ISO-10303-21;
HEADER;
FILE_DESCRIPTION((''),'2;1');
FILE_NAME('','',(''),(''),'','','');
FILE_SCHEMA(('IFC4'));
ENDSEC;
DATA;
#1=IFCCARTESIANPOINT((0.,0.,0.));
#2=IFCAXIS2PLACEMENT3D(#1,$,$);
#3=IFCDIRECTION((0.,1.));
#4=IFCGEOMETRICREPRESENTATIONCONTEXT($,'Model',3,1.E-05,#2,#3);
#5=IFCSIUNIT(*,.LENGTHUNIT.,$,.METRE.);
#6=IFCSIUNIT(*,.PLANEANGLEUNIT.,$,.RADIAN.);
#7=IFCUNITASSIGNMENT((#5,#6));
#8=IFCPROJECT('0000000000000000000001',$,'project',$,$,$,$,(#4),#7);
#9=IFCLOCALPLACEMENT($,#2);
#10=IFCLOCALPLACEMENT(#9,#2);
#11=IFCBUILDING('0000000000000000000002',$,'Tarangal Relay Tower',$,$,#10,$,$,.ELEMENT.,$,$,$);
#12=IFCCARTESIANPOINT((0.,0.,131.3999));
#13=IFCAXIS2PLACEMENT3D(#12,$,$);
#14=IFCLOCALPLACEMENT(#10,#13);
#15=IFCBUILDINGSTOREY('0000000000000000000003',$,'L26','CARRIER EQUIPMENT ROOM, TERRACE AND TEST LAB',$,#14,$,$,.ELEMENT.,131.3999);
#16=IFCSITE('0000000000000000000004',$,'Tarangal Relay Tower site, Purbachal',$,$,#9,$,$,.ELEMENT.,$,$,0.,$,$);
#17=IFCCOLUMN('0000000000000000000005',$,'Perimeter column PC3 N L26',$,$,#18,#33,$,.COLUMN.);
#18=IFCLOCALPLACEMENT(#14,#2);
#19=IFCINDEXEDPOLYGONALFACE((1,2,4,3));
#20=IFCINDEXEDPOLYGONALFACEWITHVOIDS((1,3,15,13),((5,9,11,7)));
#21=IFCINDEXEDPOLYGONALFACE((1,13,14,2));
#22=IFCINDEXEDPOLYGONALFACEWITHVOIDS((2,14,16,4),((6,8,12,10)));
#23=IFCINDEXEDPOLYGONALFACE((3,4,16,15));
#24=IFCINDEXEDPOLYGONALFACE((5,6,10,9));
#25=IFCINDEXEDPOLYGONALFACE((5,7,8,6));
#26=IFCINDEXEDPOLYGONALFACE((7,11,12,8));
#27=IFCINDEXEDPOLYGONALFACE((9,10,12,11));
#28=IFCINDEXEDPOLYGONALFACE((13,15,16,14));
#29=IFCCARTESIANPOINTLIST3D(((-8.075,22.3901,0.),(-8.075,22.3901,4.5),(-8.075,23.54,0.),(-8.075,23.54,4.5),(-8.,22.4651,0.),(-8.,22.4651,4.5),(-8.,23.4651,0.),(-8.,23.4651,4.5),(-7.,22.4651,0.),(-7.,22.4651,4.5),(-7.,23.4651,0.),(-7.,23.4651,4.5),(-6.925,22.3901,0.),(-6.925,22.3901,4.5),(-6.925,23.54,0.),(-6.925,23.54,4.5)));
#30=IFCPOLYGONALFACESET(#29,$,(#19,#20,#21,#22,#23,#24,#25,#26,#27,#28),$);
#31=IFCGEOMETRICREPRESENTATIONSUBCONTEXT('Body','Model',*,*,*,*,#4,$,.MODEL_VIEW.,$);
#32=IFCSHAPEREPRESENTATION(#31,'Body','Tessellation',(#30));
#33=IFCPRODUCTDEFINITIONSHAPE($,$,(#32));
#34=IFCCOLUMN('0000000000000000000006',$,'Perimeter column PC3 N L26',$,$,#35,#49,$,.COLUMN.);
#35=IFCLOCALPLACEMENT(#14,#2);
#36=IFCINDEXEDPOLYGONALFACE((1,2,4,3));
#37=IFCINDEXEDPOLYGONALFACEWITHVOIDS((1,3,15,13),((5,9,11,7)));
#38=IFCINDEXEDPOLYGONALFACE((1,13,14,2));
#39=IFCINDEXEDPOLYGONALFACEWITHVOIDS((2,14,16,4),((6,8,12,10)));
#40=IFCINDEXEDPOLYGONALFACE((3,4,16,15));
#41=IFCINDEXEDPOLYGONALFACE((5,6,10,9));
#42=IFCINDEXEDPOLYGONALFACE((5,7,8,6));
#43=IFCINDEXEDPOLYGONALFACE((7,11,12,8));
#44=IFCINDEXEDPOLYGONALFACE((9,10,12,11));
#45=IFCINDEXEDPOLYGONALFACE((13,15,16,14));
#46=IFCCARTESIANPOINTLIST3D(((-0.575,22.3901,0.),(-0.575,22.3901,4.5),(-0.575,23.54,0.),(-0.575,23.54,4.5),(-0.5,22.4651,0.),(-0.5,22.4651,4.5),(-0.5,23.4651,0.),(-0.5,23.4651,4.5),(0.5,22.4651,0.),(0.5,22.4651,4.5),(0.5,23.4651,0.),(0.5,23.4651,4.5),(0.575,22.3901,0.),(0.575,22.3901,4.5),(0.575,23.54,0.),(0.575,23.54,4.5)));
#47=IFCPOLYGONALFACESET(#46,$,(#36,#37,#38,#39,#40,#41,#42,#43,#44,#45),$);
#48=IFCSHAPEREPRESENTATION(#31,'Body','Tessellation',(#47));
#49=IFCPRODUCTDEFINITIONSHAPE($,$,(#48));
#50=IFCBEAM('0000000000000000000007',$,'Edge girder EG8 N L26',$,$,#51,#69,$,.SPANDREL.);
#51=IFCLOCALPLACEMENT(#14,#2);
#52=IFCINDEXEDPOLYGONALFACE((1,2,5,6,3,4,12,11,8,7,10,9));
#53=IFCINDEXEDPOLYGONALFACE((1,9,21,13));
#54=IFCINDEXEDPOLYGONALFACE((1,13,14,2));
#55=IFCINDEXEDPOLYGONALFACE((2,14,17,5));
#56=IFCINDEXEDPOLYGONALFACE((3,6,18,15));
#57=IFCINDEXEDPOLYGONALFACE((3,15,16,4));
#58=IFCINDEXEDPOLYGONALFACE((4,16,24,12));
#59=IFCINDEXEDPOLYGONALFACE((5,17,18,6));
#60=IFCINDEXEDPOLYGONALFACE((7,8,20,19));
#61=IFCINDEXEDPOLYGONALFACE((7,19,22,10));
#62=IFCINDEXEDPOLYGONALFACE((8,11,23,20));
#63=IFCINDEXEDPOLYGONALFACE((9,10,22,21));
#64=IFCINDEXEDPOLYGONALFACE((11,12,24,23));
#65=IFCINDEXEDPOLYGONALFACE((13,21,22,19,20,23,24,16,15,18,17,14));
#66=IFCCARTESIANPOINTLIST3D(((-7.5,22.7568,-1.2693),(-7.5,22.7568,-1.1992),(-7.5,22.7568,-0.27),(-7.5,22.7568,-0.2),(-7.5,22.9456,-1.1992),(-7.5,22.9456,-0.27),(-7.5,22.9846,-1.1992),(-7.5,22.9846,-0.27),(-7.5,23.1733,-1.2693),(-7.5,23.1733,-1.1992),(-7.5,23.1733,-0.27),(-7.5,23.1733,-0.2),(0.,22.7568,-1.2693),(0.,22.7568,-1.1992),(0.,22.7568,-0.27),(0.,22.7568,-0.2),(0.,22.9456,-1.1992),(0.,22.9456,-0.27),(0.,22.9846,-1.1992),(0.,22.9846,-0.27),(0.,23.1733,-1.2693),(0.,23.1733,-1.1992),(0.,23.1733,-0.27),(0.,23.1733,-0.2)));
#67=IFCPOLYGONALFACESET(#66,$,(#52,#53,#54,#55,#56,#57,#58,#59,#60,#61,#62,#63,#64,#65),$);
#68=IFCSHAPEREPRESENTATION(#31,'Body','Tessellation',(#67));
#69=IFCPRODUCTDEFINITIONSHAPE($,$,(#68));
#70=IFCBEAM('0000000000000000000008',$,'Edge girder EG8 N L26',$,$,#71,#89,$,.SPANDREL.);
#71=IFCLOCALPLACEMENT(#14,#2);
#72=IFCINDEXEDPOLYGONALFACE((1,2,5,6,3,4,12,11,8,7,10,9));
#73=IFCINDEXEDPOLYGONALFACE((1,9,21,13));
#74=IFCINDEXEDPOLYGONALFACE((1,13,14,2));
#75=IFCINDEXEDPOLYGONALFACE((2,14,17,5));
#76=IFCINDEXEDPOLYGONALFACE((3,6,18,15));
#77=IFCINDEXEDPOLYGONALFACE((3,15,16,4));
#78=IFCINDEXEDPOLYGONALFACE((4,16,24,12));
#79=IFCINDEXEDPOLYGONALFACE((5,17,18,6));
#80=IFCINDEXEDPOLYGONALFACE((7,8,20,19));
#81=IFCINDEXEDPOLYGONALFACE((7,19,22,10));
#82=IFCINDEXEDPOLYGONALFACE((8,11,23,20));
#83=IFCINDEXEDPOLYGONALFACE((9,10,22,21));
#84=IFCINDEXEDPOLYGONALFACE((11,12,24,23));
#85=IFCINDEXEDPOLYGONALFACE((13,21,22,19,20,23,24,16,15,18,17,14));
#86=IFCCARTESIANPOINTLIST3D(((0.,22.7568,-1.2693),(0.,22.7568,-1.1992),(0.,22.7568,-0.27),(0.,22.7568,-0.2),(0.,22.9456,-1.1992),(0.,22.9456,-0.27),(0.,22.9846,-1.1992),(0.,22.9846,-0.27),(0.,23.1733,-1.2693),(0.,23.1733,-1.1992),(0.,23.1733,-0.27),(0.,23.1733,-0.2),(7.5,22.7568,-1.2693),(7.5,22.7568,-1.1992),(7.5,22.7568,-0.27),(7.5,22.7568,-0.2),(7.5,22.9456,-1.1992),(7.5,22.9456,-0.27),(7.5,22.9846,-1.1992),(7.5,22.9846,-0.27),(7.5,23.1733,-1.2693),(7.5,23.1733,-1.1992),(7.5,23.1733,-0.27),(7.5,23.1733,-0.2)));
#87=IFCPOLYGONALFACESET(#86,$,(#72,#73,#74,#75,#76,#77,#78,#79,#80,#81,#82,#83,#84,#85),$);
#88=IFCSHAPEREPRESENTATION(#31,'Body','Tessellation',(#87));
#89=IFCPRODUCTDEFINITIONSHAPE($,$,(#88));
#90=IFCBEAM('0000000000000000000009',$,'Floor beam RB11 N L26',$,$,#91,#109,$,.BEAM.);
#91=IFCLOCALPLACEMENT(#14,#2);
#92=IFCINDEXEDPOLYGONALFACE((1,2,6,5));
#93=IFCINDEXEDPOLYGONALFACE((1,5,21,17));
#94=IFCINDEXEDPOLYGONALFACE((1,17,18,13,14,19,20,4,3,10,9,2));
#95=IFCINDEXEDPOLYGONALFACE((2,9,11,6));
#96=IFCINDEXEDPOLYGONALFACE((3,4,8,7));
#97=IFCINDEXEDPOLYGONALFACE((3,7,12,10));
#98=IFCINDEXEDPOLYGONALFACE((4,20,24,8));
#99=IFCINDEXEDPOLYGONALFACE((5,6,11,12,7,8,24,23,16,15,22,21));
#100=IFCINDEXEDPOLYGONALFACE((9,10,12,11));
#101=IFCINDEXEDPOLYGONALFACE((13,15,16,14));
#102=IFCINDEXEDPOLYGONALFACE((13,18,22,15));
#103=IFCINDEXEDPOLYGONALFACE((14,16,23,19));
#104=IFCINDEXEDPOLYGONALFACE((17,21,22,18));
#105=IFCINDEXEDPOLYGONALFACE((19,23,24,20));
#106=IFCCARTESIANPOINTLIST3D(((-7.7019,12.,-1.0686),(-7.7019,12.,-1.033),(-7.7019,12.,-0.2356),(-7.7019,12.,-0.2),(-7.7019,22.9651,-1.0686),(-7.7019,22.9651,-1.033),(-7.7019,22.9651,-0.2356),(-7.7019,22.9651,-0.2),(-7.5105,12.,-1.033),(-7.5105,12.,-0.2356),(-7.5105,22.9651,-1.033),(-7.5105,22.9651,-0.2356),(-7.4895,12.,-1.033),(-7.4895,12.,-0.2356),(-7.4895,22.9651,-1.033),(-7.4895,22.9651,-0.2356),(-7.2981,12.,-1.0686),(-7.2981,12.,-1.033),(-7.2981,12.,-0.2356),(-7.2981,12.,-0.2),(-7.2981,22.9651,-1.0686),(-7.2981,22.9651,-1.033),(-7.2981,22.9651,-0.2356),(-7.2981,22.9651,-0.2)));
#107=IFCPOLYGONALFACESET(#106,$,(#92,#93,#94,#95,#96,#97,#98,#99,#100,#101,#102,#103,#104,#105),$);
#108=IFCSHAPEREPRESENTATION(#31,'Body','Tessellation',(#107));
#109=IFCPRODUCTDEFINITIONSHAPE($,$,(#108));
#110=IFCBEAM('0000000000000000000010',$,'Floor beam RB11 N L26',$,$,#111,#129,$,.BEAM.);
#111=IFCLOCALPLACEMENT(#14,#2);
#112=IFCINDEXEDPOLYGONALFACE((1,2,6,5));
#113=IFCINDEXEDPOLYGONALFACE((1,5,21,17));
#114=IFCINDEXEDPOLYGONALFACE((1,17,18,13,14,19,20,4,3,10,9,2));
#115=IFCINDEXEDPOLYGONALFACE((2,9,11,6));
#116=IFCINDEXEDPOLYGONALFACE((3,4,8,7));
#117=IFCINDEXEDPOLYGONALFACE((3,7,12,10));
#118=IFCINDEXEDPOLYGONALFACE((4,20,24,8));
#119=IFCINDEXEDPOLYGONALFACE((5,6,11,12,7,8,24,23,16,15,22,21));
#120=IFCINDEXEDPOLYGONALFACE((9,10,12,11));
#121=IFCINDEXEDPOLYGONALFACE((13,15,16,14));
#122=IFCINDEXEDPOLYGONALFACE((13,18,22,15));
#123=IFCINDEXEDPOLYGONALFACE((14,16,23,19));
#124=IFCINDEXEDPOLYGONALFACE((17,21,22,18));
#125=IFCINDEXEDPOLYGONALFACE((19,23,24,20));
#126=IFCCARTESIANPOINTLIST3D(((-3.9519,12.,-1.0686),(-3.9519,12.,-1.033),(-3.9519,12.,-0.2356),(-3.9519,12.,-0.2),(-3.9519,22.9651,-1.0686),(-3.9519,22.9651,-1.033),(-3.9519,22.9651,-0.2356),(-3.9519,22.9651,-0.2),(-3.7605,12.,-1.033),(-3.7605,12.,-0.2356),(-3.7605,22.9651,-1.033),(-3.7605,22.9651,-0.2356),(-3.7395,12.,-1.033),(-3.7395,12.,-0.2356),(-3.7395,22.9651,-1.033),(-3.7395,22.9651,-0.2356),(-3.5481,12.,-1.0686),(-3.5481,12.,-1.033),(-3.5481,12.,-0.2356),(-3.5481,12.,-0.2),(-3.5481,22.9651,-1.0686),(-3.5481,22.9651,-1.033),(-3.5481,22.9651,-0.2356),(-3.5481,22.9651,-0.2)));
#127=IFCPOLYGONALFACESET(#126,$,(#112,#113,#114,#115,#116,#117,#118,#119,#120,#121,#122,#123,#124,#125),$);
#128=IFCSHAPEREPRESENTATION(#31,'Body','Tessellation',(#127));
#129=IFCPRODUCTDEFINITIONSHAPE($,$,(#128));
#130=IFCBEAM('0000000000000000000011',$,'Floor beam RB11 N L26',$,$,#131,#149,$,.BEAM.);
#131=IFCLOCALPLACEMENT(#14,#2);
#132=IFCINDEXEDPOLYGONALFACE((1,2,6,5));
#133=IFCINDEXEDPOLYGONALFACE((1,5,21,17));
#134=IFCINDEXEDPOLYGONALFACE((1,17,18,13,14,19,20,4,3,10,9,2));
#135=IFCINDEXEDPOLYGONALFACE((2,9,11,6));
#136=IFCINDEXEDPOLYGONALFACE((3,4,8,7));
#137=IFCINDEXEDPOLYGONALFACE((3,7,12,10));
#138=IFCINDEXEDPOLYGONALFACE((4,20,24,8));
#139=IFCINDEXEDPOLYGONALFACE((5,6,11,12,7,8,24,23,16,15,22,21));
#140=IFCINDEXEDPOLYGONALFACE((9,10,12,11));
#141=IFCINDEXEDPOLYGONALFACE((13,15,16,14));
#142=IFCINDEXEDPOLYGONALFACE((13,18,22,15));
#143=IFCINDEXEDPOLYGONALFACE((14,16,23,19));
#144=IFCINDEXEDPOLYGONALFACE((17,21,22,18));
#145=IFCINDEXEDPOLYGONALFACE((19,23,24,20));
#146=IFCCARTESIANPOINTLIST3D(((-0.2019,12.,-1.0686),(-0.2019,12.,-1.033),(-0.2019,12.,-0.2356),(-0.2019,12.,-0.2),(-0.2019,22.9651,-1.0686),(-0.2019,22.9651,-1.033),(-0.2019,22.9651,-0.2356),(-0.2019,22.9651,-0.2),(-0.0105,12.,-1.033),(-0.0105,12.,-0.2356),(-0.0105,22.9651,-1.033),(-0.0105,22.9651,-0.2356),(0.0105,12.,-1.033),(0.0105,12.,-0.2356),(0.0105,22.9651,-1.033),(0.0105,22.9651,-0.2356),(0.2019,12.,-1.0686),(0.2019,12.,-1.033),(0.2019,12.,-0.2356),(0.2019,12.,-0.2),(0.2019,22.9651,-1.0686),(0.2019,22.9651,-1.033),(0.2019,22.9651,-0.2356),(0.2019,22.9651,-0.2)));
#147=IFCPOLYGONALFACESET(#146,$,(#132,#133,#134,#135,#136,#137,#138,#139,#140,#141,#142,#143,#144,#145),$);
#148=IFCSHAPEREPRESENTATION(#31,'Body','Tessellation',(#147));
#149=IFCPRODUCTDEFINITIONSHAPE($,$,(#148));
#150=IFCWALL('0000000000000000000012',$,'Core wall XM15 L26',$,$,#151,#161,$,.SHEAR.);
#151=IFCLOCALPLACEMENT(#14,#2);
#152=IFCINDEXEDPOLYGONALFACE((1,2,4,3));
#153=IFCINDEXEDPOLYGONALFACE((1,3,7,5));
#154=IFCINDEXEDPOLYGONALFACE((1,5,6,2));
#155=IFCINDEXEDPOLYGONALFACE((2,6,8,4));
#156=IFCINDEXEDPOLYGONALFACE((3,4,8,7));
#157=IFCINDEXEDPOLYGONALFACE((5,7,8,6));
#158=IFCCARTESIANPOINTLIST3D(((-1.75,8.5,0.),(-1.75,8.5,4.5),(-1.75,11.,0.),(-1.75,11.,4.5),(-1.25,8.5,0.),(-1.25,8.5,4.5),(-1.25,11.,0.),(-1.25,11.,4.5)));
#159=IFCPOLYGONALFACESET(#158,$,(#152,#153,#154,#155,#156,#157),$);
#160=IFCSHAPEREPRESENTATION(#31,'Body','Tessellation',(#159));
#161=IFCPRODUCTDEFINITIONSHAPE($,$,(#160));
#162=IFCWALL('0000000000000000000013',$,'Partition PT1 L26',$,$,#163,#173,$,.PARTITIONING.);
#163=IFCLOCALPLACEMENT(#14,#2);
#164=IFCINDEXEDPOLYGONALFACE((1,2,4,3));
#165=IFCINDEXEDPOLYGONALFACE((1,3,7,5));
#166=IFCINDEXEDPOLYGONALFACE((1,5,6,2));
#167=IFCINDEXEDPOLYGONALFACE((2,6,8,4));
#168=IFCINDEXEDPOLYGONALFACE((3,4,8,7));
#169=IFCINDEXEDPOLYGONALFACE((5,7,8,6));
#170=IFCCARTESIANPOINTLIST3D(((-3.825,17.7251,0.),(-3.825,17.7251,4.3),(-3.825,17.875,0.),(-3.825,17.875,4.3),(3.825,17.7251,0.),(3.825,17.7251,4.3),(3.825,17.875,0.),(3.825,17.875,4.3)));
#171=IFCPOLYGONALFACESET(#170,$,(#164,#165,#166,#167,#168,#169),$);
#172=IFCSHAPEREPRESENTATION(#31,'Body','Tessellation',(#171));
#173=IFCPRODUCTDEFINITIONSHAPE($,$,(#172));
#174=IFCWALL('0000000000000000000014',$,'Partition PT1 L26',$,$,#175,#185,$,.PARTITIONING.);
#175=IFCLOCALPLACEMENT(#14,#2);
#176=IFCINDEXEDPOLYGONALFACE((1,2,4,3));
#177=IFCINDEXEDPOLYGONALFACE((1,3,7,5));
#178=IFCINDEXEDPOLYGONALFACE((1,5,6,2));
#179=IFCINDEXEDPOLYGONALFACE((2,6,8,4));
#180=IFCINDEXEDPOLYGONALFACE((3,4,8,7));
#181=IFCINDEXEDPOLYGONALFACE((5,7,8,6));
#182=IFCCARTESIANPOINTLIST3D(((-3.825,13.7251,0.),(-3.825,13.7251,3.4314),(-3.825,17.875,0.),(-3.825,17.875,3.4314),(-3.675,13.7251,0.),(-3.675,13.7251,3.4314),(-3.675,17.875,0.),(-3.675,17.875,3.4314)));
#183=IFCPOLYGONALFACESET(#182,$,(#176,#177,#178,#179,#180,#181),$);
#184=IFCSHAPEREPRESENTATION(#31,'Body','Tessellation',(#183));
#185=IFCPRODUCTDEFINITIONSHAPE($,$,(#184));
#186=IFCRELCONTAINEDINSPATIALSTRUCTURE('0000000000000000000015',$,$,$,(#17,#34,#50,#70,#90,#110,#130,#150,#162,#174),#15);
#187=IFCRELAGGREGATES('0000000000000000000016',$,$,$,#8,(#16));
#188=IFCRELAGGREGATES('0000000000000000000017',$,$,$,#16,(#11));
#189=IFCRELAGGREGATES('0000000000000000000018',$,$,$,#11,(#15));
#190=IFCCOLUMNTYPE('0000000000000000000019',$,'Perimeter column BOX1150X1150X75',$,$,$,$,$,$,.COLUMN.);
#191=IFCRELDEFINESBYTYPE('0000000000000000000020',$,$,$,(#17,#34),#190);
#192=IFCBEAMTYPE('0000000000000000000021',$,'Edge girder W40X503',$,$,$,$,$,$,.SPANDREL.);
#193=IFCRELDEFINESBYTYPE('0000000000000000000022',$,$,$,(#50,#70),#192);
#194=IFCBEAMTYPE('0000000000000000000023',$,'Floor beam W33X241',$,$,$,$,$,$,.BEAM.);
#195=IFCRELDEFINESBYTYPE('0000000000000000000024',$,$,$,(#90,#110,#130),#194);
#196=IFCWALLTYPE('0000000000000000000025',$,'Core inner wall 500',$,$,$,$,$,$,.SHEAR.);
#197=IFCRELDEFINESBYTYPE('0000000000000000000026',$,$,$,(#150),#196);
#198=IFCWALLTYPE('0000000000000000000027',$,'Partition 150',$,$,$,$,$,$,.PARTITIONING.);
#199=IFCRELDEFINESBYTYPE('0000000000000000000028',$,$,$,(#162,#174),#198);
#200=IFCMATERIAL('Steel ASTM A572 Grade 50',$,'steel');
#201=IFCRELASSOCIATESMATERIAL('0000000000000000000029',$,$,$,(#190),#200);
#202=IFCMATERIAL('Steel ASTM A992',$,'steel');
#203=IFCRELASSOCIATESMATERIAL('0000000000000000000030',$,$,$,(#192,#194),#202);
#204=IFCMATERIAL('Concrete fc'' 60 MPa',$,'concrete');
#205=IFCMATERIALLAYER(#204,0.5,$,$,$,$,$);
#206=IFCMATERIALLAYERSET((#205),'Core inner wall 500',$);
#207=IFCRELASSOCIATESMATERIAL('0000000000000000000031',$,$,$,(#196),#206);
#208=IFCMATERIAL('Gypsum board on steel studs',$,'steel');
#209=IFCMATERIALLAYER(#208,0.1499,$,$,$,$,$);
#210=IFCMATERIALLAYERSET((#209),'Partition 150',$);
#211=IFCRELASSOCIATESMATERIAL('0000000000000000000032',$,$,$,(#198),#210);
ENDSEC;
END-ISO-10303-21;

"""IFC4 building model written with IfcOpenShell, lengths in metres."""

from ifc_helpers import new_model, si_unit, direction, frame, frame_2d, origin, origin_2d, place, context, subcontext, project, spatial, rectangle, hollow_rectangle, i_section, extrude, material, layer, layer_set, material_profile, profile_set, type_object, element, save


model = new_model("IFC4")

# Units and contexts
model_context = context("Model", 3, precision=1e-05, world=origin(), true_north=direction((0.0, 1.0)))
body_context = subcontext(model_context, "Body", "Model", "MODEL_VIEW")
ifc_project = project(units=[si_unit("LENGTHUNIT", "METRE"), si_unit("PLANEANGLEUNIT", "RADIAN")], contexts=[model_context])

# Site, building, storey
site_placement = place(None, origin())
site = spatial("IfcSite", under=ifc_project, at=site_placement, Name="Tarangal Relay Tower site, Purbachal", CompositionType="ELEMENT", RefElevation=0.0)
building_placement = place(site_placement, origin())
building = spatial("IfcBuilding", under=site, at=building_placement, Name="Tarangal Relay Tower", CompositionType="ELEMENT")
storey_placement = place(building_placement, frame((0.0, 0.0, 131.3999)))
storey = spatial("IfcBuildingStorey", under=building, at=storey_placement, Name="L26", Description="CARRIER EQUIPMENT ROOM, TERRACE AND TEST LAB", CompositionType="ELEMENT", Elevation=131.3999)

# Columns
ifc_material_1 = material(Name="Steel ASTM A572 Grade 50", Category="steel")
ifc_material_profile_1 = material_profile(ifc_material_1, hollow_rectangle(XDim=1.1499, YDim=1.1499, WallThickness=0.075, at=origin_2d()), Name="BOX1150X1150X75")
ifc_profile_set_1 = profile_set([ifc_material_profile_1], Name="Steel ASTM A572 Grade 50")
column_type = type_object("IfcColumnType", Name="Perimeter column BOX1150X1150X75", PredefinedType="COLUMN", material=ifc_profile_set_1)
for number, where, z_axis, x_axis, name in (
    (1, (-7.5, 22.9651, 0.0), (0.0, 0.0, 1.0), (1.0, 0.0, 0.0), "Perimeter column PC3 N L26"),
    (2, (0.0, 22.9651, 0.0), (0.0, 0.0, 1.0), (1.0, 0.0, 0.0), "Perimeter column PC3 N L26"),
):
    element("IfcColumn", number, at=place(storey_placement, frame(where, z_axis=z_axis, x_axis=x_axis)), inside=storey, type_object=column_type, Name=name, PredefinedType="COLUMN", context=body_context, shape_type="SweptSolid", body=[
        extrude(hollow_rectangle(XDim=1.1499, YDim=1.1499, WallThickness=0.075, at=origin_2d()), origin(), (0.0, 0.0, 1.0), 4.5),
    ])

# Beams
ifc_material_2 = material(Name="Steel ASTM A992", Category="steel")
ifc_material_profile_2 = material_profile(ifc_material_2, i_section(OverallWidth=0.4165, OverallDepth=1.0693, WebThickness=0.0391, FlangeThickness=0.0701, at=origin_2d()), Name="W40X503")
ifc_profile_set_2 = profile_set([ifc_material_profile_2], Name="Steel ASTM A992")
beam_type_1 = type_object("IfcBeamType", Name="Edge girder W40X503", PredefinedType="SPANDREL", material=ifc_profile_set_2)
for number, where, z_axis, x_axis, name in (
    (3, (-7.5, 22.9651, -0.7346), (1.0, 0.0, 0.0), (0.0, 1.0, 0.0), "Edge girder EG8 N L26"),
    (4, (0.0, 22.9651, -0.7346), (1.0, 0.0, 0.0), (0.0, 1.0, 0.0), "Edge girder EG8 N L26"),
):
    element("IfcBeam", number, at=place(storey_placement, frame(where, z_axis=z_axis, x_axis=x_axis)), inside=storey, type_object=beam_type_1, Name=name, PredefinedType="SPANDREL", context=body_context, shape_type="SweptSolid", body=[
        extrude(i_section(OverallWidth=0.4165, OverallDepth=1.0693, WebThickness=0.0391, FlangeThickness=0.0701, at=origin_2d()), origin(), (0.0, 0.0, 1.0), 7.5),
    ])
ifc_material_profile_3 = material_profile(ifc_material_2, i_section(OverallWidth=0.4038, OverallDepth=0.8687, WebThickness=0.021, FlangeThickness=0.0356, at=origin_2d()), Name="W33X241")
ifc_profile_set_3 = profile_set([ifc_material_profile_3], Name="Steel ASTM A992")
beam_type_2 = type_object("IfcBeamType", Name="Floor beam W33X241", PredefinedType="BEAM", material=ifc_profile_set_3)
for number, where, z_axis, x_axis, name in (
    (5, (-7.5, 12.0, -0.6343), (0.0, 1.0, 0.0), (-1.0, 0.0, 0.0), "Floor beam RB11 N L26"),
    (6, (-3.75, 12.0, -0.6343), (0.0, 1.0, 0.0), (-1.0, 0.0, 0.0), "Floor beam RB11 N L26"),
    (7, (0.0, 12.0, -0.6343), (0.0, 1.0, 0.0), (-1.0, 0.0, 0.0), "Floor beam RB11 N L26"),
):
    element("IfcBeam", number, at=place(storey_placement, frame(where, z_axis=z_axis, x_axis=x_axis)), inside=storey, type_object=beam_type_2, Name=name, PredefinedType="BEAM", context=body_context, shape_type="SweptSolid", body=[
        extrude(i_section(OverallWidth=0.4038, OverallDepth=0.8687, WebThickness=0.021, FlangeThickness=0.0356, at=origin_2d()), origin(), (0.0, 0.0, 1.0), 10.9651),
    ])

# Walls
ifc_material_3 = material(Name="Concrete fc' 60 MPa", Category="concrete")
ifc_layer_1 = layer(ifc_material_3, 0.5)
ifc_layer_set_1 = layer_set([ifc_layer_1], Name="Core inner wall 500")
wall_type_1 = type_object("IfcWallType", Name="Core inner wall 500", PredefinedType="SHEAR", material=ifc_layer_set_1)
wall_1_placement = place(storey_placement, frame((-1.5, 8.5, 0.0), z_axis=(0.0, 0.0, 1.0), x_axis=(0.0, 1.0, 0.0)))
element("IfcWall", 8, at=wall_1_placement, inside=storey, type_object=wall_type_1, Name="Core wall XM15 L26", PredefinedType="SHEAR", context=body_context, shape_type="SweptSolid", body=[
    extrude(rectangle(XDim=2.5, YDim=0.5, at=frame_2d((1.25, 0.0))), origin(), (0.0, 0.0, 1.0), 4.5),
])
ifc_material_4 = material(Name="Gypsum board on steel studs", Category="steel")
ifc_layer_2 = layer(ifc_material_4, 0.1499)
ifc_layer_set_2 = layer_set([ifc_layer_2], Name="Partition 150")
wall_type_2 = type_object("IfcWallType", Name="Partition 150", PredefinedType="PARTITIONING", material=ifc_layer_set_2)
wall_2_placement = place(storey_placement, frame((-3.825, 17.8, 0.0), z_axis=(0.0, 0.0, 1.0), x_axis=(1.0, 0.0, 0.0)))
element("IfcWall", 9, at=wall_2_placement, inside=storey, type_object=wall_type_2, Name="Partition PT1 L26", PredefinedType="PARTITIONING", context=body_context, shape_type="SweptSolid", body=[
    extrude(rectangle(XDim=7.6499, YDim=0.1499, at=frame_2d((3.825, 0.0))), origin(), (0.0, 0.0, 1.0), 4.3),
])
wall_3_placement = place(storey_placement, frame((-3.75, 13.7251, 0.0), z_axis=(0.0, 0.0, 1.0), x_axis=(0.0, 1.0, 0.0)))
element("IfcWall", 10, at=wall_3_placement, inside=storey, type_object=wall_type_2, Name="Partition PT1 L26", PredefinedType="PARTITIONING", context=body_context, shape_type="SweptSolid", body=[
    extrude(rectangle(XDim=4.1499, YDim=0.1499, at=frame_2d((2.075, 0.0))), origin(), (0.0, 0.0, 1.0), 3.4314),
])

save(model, "model.ifc")
